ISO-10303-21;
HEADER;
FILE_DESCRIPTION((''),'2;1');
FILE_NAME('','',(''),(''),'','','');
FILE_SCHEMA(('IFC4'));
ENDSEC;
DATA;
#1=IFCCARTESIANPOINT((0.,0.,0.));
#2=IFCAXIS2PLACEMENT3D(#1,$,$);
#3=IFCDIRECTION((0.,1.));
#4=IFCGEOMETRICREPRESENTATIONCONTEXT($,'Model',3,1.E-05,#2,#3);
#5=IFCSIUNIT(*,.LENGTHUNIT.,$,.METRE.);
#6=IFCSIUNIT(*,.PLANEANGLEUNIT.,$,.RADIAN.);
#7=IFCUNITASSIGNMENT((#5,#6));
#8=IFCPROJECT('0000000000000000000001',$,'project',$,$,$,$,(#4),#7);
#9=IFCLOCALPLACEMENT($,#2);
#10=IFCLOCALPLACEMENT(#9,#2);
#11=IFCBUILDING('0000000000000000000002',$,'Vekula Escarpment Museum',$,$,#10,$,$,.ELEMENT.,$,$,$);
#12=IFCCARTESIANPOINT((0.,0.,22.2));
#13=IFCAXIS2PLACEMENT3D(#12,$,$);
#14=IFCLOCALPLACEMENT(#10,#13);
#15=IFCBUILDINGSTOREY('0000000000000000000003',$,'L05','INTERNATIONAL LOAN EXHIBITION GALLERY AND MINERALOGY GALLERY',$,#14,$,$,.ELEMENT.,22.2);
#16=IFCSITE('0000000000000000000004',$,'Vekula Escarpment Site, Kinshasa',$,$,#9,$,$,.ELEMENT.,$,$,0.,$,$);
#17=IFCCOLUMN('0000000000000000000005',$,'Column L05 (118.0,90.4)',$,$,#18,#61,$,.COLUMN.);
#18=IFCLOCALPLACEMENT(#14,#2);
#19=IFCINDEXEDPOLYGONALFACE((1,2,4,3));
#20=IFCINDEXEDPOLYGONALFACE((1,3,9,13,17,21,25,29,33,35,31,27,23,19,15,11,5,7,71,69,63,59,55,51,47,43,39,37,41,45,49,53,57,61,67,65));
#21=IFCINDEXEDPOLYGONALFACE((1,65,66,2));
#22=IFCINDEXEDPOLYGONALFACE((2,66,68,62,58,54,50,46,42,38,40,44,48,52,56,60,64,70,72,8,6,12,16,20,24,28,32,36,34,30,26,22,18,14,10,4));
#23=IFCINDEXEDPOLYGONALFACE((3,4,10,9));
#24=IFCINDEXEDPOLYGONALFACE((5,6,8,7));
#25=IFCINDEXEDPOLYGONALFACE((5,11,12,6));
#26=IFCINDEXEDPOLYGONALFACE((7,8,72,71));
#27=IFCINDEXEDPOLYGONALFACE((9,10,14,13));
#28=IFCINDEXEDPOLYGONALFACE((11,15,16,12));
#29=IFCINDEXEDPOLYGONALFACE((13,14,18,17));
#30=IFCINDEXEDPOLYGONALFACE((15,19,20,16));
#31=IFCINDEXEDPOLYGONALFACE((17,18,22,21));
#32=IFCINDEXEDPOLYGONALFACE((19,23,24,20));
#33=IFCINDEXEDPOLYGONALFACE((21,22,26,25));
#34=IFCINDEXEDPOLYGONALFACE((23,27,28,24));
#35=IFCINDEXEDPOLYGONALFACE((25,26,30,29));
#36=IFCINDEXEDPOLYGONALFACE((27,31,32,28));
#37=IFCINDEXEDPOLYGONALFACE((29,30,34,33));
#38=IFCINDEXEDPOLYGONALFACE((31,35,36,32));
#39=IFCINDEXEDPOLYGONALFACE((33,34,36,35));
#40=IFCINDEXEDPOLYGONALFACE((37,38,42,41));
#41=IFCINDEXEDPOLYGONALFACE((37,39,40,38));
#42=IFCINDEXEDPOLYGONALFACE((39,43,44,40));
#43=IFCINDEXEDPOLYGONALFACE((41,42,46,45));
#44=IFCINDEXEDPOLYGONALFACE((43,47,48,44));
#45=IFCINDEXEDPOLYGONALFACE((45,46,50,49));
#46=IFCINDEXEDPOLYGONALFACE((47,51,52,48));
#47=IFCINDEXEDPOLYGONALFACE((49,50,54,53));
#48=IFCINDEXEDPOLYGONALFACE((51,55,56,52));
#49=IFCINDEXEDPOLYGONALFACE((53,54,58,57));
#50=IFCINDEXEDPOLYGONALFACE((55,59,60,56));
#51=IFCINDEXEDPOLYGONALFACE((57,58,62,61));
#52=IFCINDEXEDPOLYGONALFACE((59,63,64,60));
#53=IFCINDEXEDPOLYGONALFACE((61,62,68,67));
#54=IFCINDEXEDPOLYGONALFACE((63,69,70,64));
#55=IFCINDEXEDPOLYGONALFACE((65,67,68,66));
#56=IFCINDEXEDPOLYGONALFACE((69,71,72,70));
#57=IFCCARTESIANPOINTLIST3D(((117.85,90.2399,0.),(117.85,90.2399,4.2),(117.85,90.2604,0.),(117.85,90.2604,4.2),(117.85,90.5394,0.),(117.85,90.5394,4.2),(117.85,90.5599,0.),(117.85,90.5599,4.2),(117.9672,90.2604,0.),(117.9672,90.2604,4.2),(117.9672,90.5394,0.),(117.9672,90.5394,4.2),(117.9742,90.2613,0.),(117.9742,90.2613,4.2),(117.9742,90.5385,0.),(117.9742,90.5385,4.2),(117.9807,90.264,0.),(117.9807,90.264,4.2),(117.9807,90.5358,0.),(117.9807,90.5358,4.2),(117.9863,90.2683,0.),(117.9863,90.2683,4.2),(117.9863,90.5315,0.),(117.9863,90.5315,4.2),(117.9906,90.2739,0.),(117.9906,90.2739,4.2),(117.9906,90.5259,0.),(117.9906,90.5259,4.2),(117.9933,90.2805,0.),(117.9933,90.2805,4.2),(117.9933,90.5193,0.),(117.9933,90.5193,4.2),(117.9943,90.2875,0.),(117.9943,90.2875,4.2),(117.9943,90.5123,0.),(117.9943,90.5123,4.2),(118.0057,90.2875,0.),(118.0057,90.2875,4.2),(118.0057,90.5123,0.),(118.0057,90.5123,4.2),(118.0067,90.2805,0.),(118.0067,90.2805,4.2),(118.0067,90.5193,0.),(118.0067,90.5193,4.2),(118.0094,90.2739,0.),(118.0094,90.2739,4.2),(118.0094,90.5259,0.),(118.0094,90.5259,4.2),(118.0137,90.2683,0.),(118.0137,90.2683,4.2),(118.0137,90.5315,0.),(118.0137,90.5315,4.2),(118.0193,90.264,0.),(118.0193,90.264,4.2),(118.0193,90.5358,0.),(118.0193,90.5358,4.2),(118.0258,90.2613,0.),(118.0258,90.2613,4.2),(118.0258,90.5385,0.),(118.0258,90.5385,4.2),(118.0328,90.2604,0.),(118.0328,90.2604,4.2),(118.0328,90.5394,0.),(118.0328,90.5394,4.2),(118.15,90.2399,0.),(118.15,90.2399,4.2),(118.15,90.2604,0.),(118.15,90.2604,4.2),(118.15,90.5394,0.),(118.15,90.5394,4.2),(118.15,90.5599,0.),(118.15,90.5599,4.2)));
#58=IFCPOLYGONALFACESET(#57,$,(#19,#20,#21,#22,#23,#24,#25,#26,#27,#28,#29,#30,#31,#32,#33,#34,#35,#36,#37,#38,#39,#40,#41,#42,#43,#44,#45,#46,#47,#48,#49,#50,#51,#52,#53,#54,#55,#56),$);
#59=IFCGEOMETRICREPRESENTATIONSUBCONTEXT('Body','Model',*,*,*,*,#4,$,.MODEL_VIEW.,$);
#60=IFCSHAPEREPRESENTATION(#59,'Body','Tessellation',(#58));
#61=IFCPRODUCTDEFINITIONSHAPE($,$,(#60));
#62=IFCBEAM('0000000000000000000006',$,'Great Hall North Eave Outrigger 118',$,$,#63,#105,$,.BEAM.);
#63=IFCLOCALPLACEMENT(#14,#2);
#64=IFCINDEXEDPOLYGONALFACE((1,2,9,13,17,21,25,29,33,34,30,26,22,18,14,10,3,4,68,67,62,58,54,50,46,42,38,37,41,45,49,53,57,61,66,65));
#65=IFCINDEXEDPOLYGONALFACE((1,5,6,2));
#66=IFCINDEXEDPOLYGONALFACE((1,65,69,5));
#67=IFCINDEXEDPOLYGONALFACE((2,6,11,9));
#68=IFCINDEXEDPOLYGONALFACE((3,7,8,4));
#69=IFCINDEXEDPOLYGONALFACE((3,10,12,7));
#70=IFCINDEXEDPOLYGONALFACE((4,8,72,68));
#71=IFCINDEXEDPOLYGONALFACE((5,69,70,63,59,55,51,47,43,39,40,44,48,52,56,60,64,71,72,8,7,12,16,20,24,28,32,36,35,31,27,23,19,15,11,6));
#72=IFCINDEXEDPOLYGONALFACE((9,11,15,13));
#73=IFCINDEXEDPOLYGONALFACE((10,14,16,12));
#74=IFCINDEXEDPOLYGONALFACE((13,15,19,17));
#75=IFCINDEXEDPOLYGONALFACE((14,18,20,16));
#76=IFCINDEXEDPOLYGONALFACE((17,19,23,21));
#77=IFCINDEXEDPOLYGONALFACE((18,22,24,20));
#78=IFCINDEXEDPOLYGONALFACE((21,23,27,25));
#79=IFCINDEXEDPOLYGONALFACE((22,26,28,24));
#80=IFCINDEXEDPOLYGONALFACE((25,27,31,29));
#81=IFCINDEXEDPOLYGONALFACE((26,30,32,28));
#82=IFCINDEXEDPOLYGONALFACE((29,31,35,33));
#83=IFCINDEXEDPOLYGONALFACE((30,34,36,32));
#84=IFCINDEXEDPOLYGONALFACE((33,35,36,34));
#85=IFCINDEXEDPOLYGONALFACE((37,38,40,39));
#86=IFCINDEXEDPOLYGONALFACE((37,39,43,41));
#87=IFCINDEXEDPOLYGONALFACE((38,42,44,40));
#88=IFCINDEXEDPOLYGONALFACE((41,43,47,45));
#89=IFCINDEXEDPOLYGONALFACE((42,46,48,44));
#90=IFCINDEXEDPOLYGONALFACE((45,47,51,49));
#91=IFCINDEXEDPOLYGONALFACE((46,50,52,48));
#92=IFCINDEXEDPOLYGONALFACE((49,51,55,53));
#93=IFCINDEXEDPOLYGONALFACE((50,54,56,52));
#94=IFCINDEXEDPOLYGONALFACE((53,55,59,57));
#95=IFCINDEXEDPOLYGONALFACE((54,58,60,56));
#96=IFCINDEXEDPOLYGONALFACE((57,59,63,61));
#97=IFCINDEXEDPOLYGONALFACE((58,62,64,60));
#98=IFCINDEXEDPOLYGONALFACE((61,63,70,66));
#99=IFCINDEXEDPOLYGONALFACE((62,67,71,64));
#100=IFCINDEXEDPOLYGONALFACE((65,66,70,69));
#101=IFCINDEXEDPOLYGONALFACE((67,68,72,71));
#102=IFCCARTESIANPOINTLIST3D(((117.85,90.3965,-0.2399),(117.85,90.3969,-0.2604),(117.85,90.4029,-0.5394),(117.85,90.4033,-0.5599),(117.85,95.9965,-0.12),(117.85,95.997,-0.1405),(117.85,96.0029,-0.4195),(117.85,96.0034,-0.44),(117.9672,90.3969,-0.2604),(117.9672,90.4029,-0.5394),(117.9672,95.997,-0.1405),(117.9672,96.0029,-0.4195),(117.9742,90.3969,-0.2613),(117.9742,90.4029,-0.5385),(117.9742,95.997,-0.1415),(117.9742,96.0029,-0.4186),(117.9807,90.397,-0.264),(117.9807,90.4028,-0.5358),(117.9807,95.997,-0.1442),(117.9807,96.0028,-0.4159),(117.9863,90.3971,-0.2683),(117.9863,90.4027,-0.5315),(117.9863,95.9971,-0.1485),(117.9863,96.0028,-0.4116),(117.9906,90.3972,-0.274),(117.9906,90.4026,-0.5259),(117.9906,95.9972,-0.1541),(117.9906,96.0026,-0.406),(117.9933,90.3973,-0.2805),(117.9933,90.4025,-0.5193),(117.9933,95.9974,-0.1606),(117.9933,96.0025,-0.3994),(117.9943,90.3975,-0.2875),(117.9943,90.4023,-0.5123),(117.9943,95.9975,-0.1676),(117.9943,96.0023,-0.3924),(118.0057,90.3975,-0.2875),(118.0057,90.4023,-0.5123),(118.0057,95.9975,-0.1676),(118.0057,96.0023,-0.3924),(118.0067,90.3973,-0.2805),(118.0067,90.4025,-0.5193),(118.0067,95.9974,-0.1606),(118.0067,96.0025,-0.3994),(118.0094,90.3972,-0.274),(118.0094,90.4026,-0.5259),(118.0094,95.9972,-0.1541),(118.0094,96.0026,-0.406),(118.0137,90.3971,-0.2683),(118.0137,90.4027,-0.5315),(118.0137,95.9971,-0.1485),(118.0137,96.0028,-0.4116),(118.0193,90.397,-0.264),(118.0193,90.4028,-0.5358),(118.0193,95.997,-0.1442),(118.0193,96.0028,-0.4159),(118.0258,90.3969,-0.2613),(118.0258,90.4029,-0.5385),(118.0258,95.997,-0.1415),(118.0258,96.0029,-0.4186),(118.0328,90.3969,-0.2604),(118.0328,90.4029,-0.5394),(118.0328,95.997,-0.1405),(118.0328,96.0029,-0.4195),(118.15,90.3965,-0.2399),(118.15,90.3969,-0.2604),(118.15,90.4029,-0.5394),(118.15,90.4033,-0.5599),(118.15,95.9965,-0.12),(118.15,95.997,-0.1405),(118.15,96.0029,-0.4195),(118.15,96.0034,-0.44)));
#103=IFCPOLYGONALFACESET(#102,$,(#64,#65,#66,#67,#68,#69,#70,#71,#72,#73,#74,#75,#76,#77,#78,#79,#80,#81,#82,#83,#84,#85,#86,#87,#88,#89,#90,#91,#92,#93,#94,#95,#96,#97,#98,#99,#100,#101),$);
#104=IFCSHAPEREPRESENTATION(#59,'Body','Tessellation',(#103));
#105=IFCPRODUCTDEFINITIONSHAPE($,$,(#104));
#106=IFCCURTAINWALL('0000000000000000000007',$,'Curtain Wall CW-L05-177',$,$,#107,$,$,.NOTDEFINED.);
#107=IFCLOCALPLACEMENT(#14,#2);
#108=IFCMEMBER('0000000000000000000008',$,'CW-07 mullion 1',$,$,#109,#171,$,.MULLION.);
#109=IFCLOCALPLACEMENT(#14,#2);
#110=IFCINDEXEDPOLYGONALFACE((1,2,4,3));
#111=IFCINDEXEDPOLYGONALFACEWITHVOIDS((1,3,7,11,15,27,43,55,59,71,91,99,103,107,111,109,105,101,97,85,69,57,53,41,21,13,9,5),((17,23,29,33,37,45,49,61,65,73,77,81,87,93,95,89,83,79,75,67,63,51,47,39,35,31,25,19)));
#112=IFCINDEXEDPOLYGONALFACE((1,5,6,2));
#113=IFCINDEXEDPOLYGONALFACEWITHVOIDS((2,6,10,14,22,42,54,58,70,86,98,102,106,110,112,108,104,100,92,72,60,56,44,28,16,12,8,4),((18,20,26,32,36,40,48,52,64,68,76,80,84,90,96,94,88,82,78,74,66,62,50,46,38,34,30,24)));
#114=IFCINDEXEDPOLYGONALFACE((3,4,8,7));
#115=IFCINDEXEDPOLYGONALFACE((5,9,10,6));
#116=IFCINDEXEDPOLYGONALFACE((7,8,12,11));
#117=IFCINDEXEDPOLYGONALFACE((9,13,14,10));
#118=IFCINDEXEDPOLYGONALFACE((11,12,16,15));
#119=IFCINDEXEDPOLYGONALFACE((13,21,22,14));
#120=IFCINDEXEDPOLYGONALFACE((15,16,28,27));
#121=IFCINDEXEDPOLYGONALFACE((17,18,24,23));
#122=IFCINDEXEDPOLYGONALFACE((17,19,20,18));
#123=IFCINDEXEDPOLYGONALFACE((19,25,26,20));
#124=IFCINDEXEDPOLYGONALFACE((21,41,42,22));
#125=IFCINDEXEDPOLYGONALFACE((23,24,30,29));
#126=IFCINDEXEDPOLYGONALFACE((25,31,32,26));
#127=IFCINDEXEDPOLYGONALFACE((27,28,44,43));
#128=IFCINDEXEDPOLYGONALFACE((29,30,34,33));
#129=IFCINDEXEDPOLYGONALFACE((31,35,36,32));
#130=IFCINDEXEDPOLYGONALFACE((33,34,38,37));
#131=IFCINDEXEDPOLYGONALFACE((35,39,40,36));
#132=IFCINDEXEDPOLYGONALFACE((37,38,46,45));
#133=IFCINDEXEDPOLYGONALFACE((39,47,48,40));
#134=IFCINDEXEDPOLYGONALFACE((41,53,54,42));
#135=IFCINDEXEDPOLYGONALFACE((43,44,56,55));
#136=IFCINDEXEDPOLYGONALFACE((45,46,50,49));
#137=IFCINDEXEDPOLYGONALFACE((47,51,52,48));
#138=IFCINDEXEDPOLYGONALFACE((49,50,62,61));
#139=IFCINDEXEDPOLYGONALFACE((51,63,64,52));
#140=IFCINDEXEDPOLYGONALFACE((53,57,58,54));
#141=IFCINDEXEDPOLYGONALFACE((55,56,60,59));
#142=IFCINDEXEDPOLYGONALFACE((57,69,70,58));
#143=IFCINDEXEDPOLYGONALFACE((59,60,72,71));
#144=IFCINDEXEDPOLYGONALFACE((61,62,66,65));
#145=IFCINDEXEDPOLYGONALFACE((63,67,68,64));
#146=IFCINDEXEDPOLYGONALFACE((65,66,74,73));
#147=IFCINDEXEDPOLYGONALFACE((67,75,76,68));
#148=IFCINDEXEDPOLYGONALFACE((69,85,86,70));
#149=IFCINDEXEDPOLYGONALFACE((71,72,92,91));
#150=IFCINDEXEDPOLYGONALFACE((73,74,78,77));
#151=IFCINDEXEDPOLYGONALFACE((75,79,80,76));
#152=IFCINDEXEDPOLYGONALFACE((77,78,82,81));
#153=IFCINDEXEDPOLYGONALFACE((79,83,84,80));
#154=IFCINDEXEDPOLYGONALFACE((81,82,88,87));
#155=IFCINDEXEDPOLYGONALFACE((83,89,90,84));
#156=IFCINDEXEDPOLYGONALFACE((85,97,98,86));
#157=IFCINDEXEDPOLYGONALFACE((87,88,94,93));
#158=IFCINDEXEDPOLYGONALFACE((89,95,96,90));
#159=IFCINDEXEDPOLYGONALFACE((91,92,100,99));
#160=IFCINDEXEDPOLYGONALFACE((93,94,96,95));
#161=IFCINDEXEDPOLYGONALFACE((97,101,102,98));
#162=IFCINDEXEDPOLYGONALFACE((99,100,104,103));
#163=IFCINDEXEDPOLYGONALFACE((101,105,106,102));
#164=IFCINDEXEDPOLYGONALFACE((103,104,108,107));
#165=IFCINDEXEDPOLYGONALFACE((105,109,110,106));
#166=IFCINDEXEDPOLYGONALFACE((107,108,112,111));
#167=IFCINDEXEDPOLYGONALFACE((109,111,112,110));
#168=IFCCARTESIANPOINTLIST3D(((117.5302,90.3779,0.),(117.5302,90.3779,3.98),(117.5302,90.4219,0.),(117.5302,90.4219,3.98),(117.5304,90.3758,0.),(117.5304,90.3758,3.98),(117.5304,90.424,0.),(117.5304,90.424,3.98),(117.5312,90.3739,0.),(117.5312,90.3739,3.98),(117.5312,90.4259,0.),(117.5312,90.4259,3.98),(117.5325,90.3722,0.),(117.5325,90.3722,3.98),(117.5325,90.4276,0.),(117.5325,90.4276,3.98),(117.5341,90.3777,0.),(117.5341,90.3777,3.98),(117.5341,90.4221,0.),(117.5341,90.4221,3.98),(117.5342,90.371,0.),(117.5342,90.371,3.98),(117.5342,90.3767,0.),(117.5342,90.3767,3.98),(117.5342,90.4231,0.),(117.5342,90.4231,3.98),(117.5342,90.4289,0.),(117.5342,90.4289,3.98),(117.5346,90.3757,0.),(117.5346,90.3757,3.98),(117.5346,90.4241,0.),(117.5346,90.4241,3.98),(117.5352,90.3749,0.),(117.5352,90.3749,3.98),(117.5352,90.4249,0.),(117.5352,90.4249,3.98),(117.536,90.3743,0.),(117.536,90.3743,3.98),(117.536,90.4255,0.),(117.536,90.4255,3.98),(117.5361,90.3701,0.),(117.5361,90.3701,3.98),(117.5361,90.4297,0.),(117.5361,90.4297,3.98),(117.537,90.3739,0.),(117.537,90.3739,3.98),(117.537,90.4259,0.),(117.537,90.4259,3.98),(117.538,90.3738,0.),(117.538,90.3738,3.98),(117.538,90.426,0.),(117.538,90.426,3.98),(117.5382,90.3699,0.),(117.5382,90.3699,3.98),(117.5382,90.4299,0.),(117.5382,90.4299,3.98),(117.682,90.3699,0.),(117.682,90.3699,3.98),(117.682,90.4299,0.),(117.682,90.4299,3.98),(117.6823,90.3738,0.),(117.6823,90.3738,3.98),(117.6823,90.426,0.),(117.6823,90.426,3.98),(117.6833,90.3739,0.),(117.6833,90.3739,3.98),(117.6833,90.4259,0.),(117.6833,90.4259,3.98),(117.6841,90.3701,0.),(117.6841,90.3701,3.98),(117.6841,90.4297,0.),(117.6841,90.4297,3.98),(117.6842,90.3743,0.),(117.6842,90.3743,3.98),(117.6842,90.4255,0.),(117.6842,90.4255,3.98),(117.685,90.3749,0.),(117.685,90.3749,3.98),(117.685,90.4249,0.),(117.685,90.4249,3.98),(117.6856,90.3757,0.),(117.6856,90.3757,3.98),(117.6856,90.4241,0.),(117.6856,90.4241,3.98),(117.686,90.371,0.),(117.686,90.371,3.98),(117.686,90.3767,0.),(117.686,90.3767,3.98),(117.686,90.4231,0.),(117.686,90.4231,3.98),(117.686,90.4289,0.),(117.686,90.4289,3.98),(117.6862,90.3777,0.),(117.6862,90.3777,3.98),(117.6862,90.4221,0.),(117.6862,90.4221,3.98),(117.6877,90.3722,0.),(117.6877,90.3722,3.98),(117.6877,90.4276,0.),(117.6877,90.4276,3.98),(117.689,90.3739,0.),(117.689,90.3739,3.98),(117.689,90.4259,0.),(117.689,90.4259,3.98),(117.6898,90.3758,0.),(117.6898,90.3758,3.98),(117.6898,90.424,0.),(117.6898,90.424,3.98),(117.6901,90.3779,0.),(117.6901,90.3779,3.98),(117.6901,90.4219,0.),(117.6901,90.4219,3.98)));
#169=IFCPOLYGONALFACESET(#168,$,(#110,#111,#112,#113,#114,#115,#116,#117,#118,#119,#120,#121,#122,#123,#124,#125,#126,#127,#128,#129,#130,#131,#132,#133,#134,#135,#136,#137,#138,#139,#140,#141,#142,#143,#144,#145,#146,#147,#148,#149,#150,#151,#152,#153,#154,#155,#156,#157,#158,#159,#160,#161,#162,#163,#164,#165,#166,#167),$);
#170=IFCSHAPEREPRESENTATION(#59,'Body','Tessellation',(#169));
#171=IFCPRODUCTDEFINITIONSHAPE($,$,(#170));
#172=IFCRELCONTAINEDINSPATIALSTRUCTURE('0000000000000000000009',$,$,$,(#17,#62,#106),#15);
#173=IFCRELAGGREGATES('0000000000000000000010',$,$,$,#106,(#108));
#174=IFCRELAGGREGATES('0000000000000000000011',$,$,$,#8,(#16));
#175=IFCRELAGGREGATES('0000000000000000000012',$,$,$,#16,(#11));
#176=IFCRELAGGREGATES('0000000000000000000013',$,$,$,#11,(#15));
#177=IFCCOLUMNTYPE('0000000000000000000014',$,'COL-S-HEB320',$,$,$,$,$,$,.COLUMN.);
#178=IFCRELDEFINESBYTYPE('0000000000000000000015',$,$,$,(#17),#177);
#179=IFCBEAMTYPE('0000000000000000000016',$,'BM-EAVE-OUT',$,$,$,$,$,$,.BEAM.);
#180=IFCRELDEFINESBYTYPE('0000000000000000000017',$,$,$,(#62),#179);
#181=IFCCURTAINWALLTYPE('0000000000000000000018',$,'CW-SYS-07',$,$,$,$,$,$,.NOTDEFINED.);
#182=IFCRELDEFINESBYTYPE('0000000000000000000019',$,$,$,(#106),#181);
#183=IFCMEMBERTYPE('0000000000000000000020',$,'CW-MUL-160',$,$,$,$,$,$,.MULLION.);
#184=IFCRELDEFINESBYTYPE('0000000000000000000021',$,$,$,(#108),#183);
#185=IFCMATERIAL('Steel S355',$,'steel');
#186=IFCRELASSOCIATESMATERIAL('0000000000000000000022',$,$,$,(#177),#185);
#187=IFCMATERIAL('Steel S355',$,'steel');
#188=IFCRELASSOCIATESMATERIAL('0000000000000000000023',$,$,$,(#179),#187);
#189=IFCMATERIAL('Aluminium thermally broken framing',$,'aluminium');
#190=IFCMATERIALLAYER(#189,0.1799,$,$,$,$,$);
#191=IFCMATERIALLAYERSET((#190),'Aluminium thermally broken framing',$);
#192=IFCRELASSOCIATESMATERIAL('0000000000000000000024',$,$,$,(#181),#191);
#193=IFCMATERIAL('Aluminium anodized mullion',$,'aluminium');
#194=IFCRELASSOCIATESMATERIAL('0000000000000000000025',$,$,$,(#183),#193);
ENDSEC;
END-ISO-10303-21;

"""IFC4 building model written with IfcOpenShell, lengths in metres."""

from ifc_helpers import new_model, si_unit, direction, frame, origin, origin_2d, place, context, subcontext, project, spatial, hollow_rectangle, i_section, extrude, material, layer, layer_set, material_profile, profile_set, type_object, element, aggregate, save


model = new_model("IFC4")

# Units and contexts
model_context = context("Model", 3, precision=1e-05, world=origin(), true_north=direction((0.0, 1.0)))
body_context = subcontext(model_context, "Body", "Model", "MODEL_VIEW")
ifc_project = project(units=[si_unit("LENGTHUNIT", "METRE"), si_unit("PLANEANGLEUNIT", "RADIAN")], contexts=[model_context])

# Site, building, storey
site_placement = place(None, origin())
site = spatial("IfcSite", under=ifc_project, at=site_placement, Name="Vekula Escarpment Site, Kinshasa", CompositionType="ELEMENT", RefElevation=0.0)
building_placement = place(site_placement, origin())
building = spatial("IfcBuilding", under=site, at=building_placement, Name="Vekula Escarpment Museum", CompositionType="ELEMENT")
storey_placement = place(building_placement, frame((0.0, 0.0, 22.2)))
storey = spatial("IfcBuildingStorey", under=building, at=storey_placement, Name="L05", Description="INTERNATIONAL LOAN EXHIBITION GALLERY AND MINERALOGY GALLERY", CompositionType="ELEMENT", Elevation=22.2)

# Column
ifc_material_1 = material(Name="Steel S355", Category="steel")
ifc_material_profile_1 = material_profile(ifc_material_1, i_section(OverallWidth=0.3, OverallDepth=0.3201, WebThickness=0.0115, FlangeThickness=0.0205, FilletRadius=0.0271, at=origin_2d()), Name="HEB 320")
ifc_profile_set_1 = profile_set([ifc_material_profile_1], Name="Steel S355")
column_type = type_object("IfcColumnType", Name="COL-S-HEB320", PredefinedType="COLUMN", material=ifc_profile_set_1)
column_placement = place(storey_placement, frame((118.0, 90.3999, 0.0), z_axis=(0.0, 0.0, 1.0), x_axis=(1.0, 0.0, 0.0)))
element("IfcColumn", 1, at=column_placement, inside=storey, type_object=column_type, Name="Column L05 (118.0,90.4)", PredefinedType="COLUMN", context=body_context, shape_type="SweptSolid", body=[
    extrude(i_section(OverallWidth=0.3, OverallDepth=0.3201, WebThickness=0.0115, FlangeThickness=0.0205, FilletRadius=0.0271, at=origin_2d()), origin(), (0.0, 0.0, 1.0), 4.2),
])

# Beam
ifc_material_2 = material(Name="Steel S355", Category="steel")
ifc_material_profile_2 = material_profile(ifc_material_2, i_section(OverallWidth=0.3, OverallDepth=0.3201, WebThickness=0.0115, FlangeThickness=0.0205, FilletRadius=0.0271, at=origin_2d()), Name="HEB 320")
ifc_profile_set_2 = profile_set([ifc_material_profile_2], Name="Steel S355")
beam_type = type_object("IfcBeamType", Name="BM-EAVE-OUT", PredefinedType="BEAM", material=ifc_profile_set_2)
beam_placement = place(storey_placement, frame((118.0, 90.3999, -0.3999), z_axis=(0.0, 0.999771, 0.021401), x_axis=(-1.0, 0.0, 0.0)))
element("IfcBeam", 2, at=beam_placement, inside=storey, type_object=beam_type, Name="Great Hall North Eave Outrigger 118", PredefinedType="BEAM", context=body_context, shape_type="SweptSolid", body=[
    extrude(i_section(OverallWidth=0.3, OverallDepth=0.3201, WebThickness=0.0115, FlangeThickness=0.0205, FilletRadius=0.0271, at=origin_2d()), origin(), (0.0, 0.0, 1.0), 5.6013),
])

# Curtain wall, member
ifc_material_3 = material(Name="Aluminium thermally broken framing", Category="aluminium")
ifc_layer_1 = layer(ifc_material_3, 0.1799)
ifc_layer_set_1 = layer_set([ifc_layer_1], Name="Aluminium thermally broken framing")
curtain_wall_type = type_object("IfcCurtainWallType", Name="CW-SYS-07", PredefinedType="NOTDEFINED", material=ifc_layer_set_1)
curtain_wall_placement = place(storey_placement, origin())
curtain_wall = element("IfcCurtainWall", 3, at=curtain_wall_placement, inside=storey, type_object=curtain_wall_type, Name="Curtain Wall CW-L05-177", PredefinedType="NOTDEFINED")
ifc_material_4 = material(Name="Aluminium anodized mullion", Category="aluminium")
ifc_material_profile_3 = material_profile(ifc_material_4, hollow_rectangle(XDim=0.0601, YDim=0.1599, WallThickness=0.0039, InnerFilletRadius=0.0039, OuterFilletRadius=0.0081, at=origin_2d()), Name="ALU 160x60x4")
ifc_profile_set_3 = profile_set([ifc_material_profile_3], Name="Aluminium anodized mullion")
member_type_1 = type_object("IfcMemberType", Name="CW-MUL-160", PredefinedType="MULLION", material=ifc_profile_set_3)
member_1_placement = place(storey_placement, frame((117.6101, 90.3999, 0.0), z_axis=(0.0, 0.0, 1.0), x_axis=(0.0, -1.0, 0.0)))
member_1 = element("IfcMember", 4, at=member_1_placement, type_object=member_type_1, Name="CW-07 mullion 1", PredefinedType="MULLION", context=body_context, shape_type="SweptSolid", body=[
    extrude(hollow_rectangle(XDim=0.0601, YDim=0.1599, WallThickness=0.0039, InnerFilletRadius=0.0039, OuterFilletRadius=0.0081, at=origin_2d()), origin(), (0.0, 0.0, 1.0), 3.98),
])

aggregate(curtain_wall, [member_1])

save(model, "model.ifc")
